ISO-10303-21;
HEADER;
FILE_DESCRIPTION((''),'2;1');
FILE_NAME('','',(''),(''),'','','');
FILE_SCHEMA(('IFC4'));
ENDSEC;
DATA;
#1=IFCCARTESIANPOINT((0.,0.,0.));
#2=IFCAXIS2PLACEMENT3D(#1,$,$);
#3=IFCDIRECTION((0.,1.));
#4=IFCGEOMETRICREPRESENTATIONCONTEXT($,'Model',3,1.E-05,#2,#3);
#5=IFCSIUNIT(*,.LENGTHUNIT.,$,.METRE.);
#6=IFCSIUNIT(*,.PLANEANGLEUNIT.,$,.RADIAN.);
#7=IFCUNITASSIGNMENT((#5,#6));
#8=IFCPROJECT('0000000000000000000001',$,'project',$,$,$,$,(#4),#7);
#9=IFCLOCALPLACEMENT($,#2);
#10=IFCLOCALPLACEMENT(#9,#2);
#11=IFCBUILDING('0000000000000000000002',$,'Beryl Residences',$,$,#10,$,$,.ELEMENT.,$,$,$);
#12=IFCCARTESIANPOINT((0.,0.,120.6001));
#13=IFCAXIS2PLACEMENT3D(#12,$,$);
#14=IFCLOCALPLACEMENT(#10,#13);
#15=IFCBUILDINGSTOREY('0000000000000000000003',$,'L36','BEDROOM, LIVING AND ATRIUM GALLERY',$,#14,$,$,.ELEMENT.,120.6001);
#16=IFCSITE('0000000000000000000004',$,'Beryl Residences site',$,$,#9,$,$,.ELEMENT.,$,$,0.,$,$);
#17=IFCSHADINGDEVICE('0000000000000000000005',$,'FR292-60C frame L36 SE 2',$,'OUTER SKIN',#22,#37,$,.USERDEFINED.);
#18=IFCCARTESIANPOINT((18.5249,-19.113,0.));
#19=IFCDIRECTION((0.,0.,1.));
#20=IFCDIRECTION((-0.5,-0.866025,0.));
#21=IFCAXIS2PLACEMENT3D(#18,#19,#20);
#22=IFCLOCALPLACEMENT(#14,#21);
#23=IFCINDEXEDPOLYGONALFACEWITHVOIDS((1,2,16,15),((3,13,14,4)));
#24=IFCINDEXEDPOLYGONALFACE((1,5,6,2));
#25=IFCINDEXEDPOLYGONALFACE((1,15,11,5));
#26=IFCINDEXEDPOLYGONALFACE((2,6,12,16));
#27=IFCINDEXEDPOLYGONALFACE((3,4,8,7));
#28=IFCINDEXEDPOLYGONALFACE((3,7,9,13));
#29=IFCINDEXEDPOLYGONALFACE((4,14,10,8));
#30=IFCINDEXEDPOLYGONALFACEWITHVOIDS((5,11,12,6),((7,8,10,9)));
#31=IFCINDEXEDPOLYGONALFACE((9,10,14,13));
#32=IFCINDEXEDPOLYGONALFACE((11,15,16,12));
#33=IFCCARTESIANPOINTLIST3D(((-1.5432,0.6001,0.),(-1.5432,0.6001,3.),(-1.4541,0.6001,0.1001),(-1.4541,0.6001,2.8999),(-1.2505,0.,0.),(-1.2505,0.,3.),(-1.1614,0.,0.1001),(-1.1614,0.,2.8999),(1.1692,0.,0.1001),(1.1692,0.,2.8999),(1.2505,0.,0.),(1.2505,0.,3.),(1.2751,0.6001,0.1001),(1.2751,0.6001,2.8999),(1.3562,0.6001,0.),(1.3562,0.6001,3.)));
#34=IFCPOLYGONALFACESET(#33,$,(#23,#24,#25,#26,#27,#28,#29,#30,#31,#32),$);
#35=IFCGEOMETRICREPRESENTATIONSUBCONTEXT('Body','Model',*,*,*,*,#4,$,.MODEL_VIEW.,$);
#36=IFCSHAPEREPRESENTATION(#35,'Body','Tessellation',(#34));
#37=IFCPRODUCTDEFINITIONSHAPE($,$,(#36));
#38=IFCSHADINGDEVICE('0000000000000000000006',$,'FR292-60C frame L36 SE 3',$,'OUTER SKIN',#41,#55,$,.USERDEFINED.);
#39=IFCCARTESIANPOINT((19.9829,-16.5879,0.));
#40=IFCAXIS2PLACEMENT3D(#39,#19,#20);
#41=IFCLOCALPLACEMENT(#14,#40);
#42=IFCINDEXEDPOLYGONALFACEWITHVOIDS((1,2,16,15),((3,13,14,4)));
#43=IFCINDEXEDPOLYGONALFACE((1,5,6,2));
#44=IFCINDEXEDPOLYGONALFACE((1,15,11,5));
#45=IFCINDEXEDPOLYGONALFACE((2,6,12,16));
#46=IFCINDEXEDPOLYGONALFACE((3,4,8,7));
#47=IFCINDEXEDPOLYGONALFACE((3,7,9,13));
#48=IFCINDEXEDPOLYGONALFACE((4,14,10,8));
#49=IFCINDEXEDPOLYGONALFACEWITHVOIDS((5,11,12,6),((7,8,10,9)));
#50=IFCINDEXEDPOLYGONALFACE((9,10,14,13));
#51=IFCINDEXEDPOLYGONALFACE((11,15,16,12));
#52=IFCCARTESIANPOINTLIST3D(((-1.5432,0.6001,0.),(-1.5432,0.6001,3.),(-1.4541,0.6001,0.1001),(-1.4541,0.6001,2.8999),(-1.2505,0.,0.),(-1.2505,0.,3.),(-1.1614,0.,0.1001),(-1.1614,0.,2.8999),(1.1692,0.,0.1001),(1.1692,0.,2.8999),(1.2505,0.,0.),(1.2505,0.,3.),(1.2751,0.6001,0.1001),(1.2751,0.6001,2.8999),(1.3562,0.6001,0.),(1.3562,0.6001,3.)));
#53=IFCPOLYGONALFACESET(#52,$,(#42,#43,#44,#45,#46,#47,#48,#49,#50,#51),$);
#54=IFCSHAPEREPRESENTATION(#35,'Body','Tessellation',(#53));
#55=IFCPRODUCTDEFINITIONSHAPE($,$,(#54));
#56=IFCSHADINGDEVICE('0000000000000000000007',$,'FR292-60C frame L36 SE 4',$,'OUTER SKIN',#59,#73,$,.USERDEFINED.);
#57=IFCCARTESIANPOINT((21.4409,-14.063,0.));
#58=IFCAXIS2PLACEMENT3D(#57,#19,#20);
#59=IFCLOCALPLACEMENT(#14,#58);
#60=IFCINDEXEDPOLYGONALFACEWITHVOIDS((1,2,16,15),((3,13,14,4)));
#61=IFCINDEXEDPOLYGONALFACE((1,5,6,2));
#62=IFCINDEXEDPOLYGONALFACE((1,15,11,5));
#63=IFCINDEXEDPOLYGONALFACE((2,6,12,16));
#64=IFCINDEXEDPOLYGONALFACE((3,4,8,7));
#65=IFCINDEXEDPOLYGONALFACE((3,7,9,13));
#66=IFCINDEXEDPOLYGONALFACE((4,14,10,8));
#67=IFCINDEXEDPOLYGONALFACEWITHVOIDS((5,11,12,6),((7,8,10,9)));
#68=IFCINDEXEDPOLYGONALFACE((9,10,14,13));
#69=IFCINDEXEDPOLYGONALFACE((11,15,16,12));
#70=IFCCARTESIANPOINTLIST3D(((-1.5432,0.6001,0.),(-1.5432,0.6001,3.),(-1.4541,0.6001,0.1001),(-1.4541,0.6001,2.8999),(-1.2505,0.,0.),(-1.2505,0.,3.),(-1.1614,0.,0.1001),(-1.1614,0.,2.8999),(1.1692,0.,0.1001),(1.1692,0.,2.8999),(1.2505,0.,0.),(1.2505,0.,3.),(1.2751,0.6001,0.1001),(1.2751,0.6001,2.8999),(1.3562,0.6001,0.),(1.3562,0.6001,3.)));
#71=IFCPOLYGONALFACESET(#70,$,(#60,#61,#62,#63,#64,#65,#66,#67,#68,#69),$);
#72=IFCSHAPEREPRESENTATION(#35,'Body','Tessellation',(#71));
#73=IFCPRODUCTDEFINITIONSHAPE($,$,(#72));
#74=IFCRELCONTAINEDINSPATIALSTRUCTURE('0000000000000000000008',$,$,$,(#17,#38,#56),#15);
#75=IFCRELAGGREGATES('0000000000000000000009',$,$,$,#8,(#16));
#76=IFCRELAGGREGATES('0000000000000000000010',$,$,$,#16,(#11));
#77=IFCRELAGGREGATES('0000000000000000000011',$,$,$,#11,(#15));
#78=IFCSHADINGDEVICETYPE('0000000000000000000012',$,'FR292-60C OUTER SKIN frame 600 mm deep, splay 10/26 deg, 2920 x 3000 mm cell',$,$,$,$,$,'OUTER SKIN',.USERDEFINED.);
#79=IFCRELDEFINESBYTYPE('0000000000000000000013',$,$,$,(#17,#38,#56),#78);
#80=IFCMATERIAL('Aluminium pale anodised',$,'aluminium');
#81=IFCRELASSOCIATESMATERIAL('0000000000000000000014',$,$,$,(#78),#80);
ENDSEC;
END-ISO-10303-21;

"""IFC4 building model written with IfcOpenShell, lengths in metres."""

from ifc_helpers import new_model, entity, si_unit, direction, frame, origin, place, context, subcontext, project, spatial, source, transform, mapped, material, type_object, type_shapes, element, save


model = new_model("IFC4")

# Units and contexts
model_context = context("Model", 3, precision=1e-05, world=origin(), true_north=direction((0.0, 1.0)))
body_context = subcontext(model_context, "Body", "Model", "MODEL_VIEW")
ifc_project = project(units=[si_unit("LENGTHUNIT", "METRE"), si_unit("PLANEANGLEUNIT", "RADIAN")], contexts=[model_context])

# Site, building, storey
site_placement = place(None, origin())
site = spatial("IfcSite", under=ifc_project, at=site_placement, Name="Beryl Residences site", CompositionType="ELEMENT", RefElevation=0.0)
building_placement = place(site_placement, origin())
building = spatial("IfcBuilding", under=site, at=building_placement, Name="Beryl Residences", CompositionType="ELEMENT")
storey_placement = place(building_placement, frame((0.0, 0.0, 120.6001)))
storey = spatial("IfcBuildingStorey", under=building, at=storey_placement, Name="L36", Description="BEDROOM, LIVING AND ATRIUM GALLERY", CompositionType="ELEMENT", Elevation=120.6001)

# Shading devices
ifc_material_1 = material(Name="Aluminium pale anodised", Category="aluminium")
shading_device_type = type_object("IfcShadingDeviceType", Name="FR292-60C OUTER SKIN frame 600 mm deep, splay 10/26 deg, 2920 x 3000 mm cell", ElementType="OUTER SKIN", PredefinedType="USERDEFINED", material=ifc_material_1)
cartesian_point_1 = entity("IfcCartesianPoint", [-1.2505, 0.0])
cartesian_point_2 = entity("IfcCartesianPoint", [-1.1692, 0.1001])
cartesian_point_3 = entity("IfcCartesianPoint", [-1.3562, 0.0])
cartesian_point_4 = entity("IfcCartesianPoint", [-1.2751, 0.1001])
shared_shape = source(origin(), body_context, "Body", "SweptSolid", [
    entity("IfcExtrudedAreaSolidTapered", entity("IfcArbitraryProfileDefWithVoids", "AREA", None, entity("IfcPolyline", [cartesian_point_1, entity("IfcCartesianPoint", [1.2505, 0.0]), entity("IfcCartesianPoint", [1.2505, 3.0]), entity("IfcCartesianPoint", [-1.2505, 3.0]), cartesian_point_1]), [entity("IfcPolyline", [cartesian_point_2, entity("IfcCartesianPoint", [1.1614, 0.1001]), entity("IfcCartesianPoint", [1.1614, 2.8999]), entity("IfcCartesianPoint", [-1.1692, 2.8999]), cartesian_point_2])]), entity("IfcAxis2Placement3D", entity("IfcCartesianPoint", [0.0, 0.0, 0.0]), entity("IfcDirection", [0.0, 1.0, 0.0]), entity("IfcDirection", [-1.0, 0.0, 0.0])), entity("IfcDirection", [0.0, 0.0, 1.0]), 0.6001, entity("IfcArbitraryProfileDefWithVoids", "AREA", None, entity("IfcPolyline", [cartesian_point_3, entity("IfcCartesianPoint", [1.5432, 0.0]), entity("IfcCartesianPoint", [1.5432, 3.0]), entity("IfcCartesianPoint", [-1.3562, 3.0]), cartesian_point_3]), [entity("IfcPolyline", [cartesian_point_4, entity("IfcCartesianPoint", [1.4541, 0.1001]), entity("IfcCartesianPoint", [1.4541, 2.8999]), entity("IfcCartesianPoint", [-1.2751, 2.8999]), cartesian_point_4])])),
])
type_shapes(shading_device_type, [shared_shape])
for number, where, z_axis, x_axis, name in (
    (1, (18.5249, -19.113, 0.0), (0.0, 0.0, 1.0), (-0.5, -0.866025, 0.0), "FR292-60C frame L36 SE 2"),
    (2, (19.9829, -16.5879, 0.0), (0.0, 0.0, 1.0), (-0.5, -0.866025, 0.0), "FR292-60C frame L36 SE 3"),
    (3, (21.4409, -14.063, 0.0), (0.0, 0.0, 1.0), (-0.5, -0.866025, 0.0), "FR292-60C frame L36 SE 4"),
):
    element("IfcShadingDevice", number, at=place(storey_placement, frame(where, z_axis=z_axis, x_axis=x_axis)), inside=storey, type_object=shading_device_type, Name=name, ObjectType="OUTER SKIN", PredefinedType="USERDEFINED", context=body_context, shape_type="MappedRepresentation", body=[
        mapped(shared_shape, transform((0.0, 0.0, 0.0))),
    ])

save(model, "model.ifc")
